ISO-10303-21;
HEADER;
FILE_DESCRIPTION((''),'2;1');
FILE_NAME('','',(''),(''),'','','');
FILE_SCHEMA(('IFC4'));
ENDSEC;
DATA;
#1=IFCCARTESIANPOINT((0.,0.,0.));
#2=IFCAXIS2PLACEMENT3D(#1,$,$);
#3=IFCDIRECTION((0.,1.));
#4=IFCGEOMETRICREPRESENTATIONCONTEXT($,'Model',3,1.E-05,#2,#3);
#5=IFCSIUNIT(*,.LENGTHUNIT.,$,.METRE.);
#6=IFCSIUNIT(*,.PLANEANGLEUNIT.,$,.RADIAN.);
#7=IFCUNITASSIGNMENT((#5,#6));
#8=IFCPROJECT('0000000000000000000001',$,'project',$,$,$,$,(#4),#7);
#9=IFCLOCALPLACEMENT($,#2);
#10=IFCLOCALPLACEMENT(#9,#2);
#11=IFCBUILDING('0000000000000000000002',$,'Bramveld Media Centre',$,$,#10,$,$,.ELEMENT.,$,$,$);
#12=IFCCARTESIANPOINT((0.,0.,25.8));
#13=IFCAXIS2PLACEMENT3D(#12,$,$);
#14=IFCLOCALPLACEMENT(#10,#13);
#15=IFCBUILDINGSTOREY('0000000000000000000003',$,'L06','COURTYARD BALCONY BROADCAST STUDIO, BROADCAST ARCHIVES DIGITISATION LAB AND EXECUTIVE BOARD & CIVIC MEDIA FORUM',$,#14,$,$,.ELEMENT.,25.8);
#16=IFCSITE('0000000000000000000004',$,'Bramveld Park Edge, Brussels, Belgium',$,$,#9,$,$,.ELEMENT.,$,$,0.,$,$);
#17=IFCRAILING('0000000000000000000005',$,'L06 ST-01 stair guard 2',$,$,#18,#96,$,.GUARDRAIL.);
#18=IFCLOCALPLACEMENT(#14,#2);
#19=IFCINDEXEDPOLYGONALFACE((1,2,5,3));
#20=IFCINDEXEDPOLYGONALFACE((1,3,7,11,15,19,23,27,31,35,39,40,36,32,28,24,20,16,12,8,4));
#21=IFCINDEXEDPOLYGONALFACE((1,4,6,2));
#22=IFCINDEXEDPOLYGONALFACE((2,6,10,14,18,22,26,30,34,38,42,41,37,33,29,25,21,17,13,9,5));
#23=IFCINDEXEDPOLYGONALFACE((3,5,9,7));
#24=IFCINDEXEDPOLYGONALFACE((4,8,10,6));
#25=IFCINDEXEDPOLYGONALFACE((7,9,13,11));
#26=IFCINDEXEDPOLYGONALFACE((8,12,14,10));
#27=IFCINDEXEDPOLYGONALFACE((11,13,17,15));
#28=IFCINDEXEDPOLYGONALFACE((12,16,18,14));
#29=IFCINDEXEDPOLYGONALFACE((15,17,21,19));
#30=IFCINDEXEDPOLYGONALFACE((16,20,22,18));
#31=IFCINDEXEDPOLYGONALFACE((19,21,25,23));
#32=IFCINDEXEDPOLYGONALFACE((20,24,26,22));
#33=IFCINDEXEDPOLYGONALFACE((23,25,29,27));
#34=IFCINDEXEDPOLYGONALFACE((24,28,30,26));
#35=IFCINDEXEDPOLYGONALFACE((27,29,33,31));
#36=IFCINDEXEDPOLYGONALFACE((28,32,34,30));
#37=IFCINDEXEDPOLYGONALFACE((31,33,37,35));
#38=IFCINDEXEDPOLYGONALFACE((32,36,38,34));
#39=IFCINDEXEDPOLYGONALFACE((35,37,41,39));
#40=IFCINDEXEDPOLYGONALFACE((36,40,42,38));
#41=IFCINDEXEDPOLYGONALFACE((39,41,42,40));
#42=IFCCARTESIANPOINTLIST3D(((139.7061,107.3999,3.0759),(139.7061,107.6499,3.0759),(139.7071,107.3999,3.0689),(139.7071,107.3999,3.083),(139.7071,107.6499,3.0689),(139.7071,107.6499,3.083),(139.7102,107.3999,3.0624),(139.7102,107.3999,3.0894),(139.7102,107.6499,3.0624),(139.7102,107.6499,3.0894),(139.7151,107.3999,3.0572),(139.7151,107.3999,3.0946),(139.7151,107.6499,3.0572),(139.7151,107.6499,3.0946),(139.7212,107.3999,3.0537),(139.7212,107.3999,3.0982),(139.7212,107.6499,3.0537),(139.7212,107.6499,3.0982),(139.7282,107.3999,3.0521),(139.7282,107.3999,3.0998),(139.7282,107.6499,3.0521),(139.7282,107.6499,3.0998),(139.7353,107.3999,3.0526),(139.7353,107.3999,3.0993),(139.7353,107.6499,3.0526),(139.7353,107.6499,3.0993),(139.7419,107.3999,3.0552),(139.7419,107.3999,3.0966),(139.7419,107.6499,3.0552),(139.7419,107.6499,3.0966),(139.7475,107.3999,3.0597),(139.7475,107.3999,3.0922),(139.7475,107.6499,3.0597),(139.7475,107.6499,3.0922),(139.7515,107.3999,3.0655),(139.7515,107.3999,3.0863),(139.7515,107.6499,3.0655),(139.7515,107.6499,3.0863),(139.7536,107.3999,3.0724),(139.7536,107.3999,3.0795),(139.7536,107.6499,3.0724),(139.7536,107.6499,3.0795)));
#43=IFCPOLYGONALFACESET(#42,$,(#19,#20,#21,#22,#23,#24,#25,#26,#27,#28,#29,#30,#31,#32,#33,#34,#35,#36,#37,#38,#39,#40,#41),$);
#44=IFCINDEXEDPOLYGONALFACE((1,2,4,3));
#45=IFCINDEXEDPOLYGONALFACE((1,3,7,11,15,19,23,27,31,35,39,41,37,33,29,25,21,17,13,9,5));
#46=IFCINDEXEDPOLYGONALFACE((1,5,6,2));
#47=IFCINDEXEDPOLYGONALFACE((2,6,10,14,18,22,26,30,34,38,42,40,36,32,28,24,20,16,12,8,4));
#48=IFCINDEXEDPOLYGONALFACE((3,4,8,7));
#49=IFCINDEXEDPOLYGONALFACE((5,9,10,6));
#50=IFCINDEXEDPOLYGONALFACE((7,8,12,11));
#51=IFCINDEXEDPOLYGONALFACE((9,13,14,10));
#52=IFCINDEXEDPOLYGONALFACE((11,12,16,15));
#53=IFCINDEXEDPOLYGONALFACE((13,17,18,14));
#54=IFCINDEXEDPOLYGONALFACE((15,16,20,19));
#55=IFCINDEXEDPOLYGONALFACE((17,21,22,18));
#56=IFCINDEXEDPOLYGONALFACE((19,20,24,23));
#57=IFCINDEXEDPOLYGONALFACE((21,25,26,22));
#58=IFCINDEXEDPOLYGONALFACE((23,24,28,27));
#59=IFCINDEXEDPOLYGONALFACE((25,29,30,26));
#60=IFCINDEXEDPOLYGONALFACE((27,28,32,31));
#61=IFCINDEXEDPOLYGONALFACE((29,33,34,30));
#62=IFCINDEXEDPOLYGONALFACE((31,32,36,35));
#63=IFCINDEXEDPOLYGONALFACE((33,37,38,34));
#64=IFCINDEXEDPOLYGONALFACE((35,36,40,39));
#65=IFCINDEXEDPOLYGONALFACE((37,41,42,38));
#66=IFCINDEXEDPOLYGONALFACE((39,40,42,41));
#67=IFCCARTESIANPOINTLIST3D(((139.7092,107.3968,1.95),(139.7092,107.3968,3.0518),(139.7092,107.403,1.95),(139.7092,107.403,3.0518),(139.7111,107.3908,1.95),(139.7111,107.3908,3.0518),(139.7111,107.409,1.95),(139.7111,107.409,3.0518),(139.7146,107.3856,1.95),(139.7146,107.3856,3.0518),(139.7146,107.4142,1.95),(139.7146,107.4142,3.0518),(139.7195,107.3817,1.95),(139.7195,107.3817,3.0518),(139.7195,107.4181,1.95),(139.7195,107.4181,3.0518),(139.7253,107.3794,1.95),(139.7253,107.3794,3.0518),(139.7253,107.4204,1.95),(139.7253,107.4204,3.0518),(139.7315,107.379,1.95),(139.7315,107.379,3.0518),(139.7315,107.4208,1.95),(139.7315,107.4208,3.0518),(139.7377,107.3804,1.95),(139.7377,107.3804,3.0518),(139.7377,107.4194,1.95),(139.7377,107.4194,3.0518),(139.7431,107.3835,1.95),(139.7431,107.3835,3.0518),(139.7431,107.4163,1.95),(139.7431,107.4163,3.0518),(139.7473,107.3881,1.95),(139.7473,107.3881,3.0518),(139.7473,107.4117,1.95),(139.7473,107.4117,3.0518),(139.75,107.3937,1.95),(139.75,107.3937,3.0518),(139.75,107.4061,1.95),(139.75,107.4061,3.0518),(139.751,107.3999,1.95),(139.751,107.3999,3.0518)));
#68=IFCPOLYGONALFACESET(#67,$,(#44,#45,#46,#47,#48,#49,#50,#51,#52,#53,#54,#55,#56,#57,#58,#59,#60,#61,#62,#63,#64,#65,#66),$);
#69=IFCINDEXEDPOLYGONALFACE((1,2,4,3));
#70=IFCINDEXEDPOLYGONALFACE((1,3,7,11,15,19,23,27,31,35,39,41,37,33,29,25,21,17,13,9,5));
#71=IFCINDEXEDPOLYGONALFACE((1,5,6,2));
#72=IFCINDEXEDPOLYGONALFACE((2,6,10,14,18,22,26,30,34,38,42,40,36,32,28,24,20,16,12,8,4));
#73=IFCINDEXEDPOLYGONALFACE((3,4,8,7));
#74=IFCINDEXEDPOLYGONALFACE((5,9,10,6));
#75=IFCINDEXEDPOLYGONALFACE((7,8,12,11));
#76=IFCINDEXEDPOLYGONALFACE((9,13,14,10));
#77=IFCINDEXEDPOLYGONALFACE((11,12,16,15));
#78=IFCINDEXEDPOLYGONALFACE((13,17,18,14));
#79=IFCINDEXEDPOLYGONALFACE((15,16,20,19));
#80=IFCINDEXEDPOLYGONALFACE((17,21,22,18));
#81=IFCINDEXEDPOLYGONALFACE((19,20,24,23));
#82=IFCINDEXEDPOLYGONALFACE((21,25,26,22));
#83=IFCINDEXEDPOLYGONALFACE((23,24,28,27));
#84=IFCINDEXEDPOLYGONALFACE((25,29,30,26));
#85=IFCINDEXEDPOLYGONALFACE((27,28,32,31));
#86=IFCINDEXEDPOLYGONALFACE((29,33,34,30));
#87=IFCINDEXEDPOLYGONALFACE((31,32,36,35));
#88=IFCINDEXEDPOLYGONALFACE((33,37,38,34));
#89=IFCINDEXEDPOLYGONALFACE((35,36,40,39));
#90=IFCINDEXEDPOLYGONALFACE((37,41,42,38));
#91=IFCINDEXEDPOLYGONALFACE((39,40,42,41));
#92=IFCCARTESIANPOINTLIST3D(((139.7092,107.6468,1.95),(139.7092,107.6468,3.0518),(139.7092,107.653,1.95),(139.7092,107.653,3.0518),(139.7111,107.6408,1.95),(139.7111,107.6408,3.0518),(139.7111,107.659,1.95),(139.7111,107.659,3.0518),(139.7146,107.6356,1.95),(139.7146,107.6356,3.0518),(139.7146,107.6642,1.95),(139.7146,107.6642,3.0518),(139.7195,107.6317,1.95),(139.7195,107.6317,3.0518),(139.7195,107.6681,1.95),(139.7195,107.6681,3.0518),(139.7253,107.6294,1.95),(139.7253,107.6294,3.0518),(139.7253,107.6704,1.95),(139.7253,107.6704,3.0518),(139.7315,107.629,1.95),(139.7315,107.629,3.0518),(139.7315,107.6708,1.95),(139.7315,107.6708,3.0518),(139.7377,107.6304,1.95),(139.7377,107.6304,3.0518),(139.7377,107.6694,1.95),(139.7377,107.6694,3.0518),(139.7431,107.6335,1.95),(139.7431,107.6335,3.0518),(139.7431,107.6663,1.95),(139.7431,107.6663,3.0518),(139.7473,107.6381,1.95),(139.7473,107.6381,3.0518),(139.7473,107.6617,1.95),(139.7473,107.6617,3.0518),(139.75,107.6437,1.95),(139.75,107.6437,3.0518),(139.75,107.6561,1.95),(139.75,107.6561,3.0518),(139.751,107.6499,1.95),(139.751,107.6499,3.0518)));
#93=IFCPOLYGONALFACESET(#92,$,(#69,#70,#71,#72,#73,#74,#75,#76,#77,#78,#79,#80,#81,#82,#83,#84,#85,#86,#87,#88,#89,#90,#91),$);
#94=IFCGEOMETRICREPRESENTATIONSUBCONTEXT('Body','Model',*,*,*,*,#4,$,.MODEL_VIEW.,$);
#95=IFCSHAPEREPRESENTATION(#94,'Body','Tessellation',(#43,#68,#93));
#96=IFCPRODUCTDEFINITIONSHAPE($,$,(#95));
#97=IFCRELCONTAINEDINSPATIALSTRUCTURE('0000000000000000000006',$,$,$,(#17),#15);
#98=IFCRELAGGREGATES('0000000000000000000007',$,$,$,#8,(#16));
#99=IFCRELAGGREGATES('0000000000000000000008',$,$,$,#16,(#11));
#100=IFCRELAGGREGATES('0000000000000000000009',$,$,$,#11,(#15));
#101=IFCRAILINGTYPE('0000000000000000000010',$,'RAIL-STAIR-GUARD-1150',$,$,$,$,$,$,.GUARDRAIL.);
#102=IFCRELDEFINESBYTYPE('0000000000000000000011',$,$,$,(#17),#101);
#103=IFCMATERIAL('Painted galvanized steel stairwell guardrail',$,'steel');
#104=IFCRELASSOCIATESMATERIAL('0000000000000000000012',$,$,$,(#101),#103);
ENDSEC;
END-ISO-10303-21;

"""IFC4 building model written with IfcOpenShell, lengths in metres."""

from ifc_helpers import new_model, si_unit, direction, frame, origin, origin_2d, place, context, subcontext, project, spatial, circle, extrude, material, type_object, element, save


model = new_model("IFC4")

# Units and contexts
model_context = context("Model", 3, precision=1e-05, world=origin(), true_north=direction((0.0, 1.0)))
body_context = subcontext(model_context, "Body", "Model", "MODEL_VIEW")
ifc_project = project(units=[si_unit("LENGTHUNIT", "METRE"), si_unit("PLANEANGLEUNIT", "RADIAN")], contexts=[model_context])

# Site, building, storey
site_placement = place(None, origin())
site = spatial("IfcSite", under=ifc_project, at=site_placement, Name="Bramveld Park Edge, Brussels, Belgium", CompositionType="ELEMENT", RefElevation=0.0)
building_placement = place(site_placement, origin())
building = spatial("IfcBuilding", under=site, at=building_placement, Name="Bramveld Media Centre", CompositionType="ELEMENT")
storey_placement = place(building_placement, frame((0.0, 0.0, 25.8)))
storey = spatial("IfcBuildingStorey", under=building, at=storey_placement, Name="L06", Description="COURTYARD BALCONY BROADCAST STUDIO, BROADCAST ARCHIVES DIGITISATION LAB AND EXECUTIVE BOARD & CIVIC MEDIA FORUM", CompositionType="ELEMENT", Elevation=25.8)

# Railing
ifc_material_1 = material(Name="Painted galvanized steel stairwell guardrail", Category="steel")
railing_type_1 = type_object("IfcRailingType", Name="RAIL-STAIR-GUARD-1150", PredefinedType="GUARDRAIL", material=ifc_material_1)
railing_1_placement = place(storey_placement, frame((139.73, 107.3999, 1.95)))
element("IfcRailing", 1, at=railing_1_placement, inside=storey, type_object=railing_type_1, Name="L06 ST-01 stair guard 2", PredefinedType="GUARDRAIL", context=body_context, shape_type="SweptSolid", body=[
    extrude(circle(Radius=0.0239, at=origin_2d()), frame((0.0, 0.0, 1.126), z_axis=(0.0, 1.0, 0.0), x_axis=(-1.0, 0.0, 0.0)), (0.0, 0.0, 1.0), 0.25),
    extrude(circle(Radius=0.021, at=origin_2d()), origin(), (0.0, 0.0, 1.0), 1.1018),
    extrude(circle(Radius=0.021, at=origin_2d()), frame((0.0, 0.25, 0.0)), (0.0, 0.0, 1.0), 1.1018),
])

save(model, "model.ifc")
